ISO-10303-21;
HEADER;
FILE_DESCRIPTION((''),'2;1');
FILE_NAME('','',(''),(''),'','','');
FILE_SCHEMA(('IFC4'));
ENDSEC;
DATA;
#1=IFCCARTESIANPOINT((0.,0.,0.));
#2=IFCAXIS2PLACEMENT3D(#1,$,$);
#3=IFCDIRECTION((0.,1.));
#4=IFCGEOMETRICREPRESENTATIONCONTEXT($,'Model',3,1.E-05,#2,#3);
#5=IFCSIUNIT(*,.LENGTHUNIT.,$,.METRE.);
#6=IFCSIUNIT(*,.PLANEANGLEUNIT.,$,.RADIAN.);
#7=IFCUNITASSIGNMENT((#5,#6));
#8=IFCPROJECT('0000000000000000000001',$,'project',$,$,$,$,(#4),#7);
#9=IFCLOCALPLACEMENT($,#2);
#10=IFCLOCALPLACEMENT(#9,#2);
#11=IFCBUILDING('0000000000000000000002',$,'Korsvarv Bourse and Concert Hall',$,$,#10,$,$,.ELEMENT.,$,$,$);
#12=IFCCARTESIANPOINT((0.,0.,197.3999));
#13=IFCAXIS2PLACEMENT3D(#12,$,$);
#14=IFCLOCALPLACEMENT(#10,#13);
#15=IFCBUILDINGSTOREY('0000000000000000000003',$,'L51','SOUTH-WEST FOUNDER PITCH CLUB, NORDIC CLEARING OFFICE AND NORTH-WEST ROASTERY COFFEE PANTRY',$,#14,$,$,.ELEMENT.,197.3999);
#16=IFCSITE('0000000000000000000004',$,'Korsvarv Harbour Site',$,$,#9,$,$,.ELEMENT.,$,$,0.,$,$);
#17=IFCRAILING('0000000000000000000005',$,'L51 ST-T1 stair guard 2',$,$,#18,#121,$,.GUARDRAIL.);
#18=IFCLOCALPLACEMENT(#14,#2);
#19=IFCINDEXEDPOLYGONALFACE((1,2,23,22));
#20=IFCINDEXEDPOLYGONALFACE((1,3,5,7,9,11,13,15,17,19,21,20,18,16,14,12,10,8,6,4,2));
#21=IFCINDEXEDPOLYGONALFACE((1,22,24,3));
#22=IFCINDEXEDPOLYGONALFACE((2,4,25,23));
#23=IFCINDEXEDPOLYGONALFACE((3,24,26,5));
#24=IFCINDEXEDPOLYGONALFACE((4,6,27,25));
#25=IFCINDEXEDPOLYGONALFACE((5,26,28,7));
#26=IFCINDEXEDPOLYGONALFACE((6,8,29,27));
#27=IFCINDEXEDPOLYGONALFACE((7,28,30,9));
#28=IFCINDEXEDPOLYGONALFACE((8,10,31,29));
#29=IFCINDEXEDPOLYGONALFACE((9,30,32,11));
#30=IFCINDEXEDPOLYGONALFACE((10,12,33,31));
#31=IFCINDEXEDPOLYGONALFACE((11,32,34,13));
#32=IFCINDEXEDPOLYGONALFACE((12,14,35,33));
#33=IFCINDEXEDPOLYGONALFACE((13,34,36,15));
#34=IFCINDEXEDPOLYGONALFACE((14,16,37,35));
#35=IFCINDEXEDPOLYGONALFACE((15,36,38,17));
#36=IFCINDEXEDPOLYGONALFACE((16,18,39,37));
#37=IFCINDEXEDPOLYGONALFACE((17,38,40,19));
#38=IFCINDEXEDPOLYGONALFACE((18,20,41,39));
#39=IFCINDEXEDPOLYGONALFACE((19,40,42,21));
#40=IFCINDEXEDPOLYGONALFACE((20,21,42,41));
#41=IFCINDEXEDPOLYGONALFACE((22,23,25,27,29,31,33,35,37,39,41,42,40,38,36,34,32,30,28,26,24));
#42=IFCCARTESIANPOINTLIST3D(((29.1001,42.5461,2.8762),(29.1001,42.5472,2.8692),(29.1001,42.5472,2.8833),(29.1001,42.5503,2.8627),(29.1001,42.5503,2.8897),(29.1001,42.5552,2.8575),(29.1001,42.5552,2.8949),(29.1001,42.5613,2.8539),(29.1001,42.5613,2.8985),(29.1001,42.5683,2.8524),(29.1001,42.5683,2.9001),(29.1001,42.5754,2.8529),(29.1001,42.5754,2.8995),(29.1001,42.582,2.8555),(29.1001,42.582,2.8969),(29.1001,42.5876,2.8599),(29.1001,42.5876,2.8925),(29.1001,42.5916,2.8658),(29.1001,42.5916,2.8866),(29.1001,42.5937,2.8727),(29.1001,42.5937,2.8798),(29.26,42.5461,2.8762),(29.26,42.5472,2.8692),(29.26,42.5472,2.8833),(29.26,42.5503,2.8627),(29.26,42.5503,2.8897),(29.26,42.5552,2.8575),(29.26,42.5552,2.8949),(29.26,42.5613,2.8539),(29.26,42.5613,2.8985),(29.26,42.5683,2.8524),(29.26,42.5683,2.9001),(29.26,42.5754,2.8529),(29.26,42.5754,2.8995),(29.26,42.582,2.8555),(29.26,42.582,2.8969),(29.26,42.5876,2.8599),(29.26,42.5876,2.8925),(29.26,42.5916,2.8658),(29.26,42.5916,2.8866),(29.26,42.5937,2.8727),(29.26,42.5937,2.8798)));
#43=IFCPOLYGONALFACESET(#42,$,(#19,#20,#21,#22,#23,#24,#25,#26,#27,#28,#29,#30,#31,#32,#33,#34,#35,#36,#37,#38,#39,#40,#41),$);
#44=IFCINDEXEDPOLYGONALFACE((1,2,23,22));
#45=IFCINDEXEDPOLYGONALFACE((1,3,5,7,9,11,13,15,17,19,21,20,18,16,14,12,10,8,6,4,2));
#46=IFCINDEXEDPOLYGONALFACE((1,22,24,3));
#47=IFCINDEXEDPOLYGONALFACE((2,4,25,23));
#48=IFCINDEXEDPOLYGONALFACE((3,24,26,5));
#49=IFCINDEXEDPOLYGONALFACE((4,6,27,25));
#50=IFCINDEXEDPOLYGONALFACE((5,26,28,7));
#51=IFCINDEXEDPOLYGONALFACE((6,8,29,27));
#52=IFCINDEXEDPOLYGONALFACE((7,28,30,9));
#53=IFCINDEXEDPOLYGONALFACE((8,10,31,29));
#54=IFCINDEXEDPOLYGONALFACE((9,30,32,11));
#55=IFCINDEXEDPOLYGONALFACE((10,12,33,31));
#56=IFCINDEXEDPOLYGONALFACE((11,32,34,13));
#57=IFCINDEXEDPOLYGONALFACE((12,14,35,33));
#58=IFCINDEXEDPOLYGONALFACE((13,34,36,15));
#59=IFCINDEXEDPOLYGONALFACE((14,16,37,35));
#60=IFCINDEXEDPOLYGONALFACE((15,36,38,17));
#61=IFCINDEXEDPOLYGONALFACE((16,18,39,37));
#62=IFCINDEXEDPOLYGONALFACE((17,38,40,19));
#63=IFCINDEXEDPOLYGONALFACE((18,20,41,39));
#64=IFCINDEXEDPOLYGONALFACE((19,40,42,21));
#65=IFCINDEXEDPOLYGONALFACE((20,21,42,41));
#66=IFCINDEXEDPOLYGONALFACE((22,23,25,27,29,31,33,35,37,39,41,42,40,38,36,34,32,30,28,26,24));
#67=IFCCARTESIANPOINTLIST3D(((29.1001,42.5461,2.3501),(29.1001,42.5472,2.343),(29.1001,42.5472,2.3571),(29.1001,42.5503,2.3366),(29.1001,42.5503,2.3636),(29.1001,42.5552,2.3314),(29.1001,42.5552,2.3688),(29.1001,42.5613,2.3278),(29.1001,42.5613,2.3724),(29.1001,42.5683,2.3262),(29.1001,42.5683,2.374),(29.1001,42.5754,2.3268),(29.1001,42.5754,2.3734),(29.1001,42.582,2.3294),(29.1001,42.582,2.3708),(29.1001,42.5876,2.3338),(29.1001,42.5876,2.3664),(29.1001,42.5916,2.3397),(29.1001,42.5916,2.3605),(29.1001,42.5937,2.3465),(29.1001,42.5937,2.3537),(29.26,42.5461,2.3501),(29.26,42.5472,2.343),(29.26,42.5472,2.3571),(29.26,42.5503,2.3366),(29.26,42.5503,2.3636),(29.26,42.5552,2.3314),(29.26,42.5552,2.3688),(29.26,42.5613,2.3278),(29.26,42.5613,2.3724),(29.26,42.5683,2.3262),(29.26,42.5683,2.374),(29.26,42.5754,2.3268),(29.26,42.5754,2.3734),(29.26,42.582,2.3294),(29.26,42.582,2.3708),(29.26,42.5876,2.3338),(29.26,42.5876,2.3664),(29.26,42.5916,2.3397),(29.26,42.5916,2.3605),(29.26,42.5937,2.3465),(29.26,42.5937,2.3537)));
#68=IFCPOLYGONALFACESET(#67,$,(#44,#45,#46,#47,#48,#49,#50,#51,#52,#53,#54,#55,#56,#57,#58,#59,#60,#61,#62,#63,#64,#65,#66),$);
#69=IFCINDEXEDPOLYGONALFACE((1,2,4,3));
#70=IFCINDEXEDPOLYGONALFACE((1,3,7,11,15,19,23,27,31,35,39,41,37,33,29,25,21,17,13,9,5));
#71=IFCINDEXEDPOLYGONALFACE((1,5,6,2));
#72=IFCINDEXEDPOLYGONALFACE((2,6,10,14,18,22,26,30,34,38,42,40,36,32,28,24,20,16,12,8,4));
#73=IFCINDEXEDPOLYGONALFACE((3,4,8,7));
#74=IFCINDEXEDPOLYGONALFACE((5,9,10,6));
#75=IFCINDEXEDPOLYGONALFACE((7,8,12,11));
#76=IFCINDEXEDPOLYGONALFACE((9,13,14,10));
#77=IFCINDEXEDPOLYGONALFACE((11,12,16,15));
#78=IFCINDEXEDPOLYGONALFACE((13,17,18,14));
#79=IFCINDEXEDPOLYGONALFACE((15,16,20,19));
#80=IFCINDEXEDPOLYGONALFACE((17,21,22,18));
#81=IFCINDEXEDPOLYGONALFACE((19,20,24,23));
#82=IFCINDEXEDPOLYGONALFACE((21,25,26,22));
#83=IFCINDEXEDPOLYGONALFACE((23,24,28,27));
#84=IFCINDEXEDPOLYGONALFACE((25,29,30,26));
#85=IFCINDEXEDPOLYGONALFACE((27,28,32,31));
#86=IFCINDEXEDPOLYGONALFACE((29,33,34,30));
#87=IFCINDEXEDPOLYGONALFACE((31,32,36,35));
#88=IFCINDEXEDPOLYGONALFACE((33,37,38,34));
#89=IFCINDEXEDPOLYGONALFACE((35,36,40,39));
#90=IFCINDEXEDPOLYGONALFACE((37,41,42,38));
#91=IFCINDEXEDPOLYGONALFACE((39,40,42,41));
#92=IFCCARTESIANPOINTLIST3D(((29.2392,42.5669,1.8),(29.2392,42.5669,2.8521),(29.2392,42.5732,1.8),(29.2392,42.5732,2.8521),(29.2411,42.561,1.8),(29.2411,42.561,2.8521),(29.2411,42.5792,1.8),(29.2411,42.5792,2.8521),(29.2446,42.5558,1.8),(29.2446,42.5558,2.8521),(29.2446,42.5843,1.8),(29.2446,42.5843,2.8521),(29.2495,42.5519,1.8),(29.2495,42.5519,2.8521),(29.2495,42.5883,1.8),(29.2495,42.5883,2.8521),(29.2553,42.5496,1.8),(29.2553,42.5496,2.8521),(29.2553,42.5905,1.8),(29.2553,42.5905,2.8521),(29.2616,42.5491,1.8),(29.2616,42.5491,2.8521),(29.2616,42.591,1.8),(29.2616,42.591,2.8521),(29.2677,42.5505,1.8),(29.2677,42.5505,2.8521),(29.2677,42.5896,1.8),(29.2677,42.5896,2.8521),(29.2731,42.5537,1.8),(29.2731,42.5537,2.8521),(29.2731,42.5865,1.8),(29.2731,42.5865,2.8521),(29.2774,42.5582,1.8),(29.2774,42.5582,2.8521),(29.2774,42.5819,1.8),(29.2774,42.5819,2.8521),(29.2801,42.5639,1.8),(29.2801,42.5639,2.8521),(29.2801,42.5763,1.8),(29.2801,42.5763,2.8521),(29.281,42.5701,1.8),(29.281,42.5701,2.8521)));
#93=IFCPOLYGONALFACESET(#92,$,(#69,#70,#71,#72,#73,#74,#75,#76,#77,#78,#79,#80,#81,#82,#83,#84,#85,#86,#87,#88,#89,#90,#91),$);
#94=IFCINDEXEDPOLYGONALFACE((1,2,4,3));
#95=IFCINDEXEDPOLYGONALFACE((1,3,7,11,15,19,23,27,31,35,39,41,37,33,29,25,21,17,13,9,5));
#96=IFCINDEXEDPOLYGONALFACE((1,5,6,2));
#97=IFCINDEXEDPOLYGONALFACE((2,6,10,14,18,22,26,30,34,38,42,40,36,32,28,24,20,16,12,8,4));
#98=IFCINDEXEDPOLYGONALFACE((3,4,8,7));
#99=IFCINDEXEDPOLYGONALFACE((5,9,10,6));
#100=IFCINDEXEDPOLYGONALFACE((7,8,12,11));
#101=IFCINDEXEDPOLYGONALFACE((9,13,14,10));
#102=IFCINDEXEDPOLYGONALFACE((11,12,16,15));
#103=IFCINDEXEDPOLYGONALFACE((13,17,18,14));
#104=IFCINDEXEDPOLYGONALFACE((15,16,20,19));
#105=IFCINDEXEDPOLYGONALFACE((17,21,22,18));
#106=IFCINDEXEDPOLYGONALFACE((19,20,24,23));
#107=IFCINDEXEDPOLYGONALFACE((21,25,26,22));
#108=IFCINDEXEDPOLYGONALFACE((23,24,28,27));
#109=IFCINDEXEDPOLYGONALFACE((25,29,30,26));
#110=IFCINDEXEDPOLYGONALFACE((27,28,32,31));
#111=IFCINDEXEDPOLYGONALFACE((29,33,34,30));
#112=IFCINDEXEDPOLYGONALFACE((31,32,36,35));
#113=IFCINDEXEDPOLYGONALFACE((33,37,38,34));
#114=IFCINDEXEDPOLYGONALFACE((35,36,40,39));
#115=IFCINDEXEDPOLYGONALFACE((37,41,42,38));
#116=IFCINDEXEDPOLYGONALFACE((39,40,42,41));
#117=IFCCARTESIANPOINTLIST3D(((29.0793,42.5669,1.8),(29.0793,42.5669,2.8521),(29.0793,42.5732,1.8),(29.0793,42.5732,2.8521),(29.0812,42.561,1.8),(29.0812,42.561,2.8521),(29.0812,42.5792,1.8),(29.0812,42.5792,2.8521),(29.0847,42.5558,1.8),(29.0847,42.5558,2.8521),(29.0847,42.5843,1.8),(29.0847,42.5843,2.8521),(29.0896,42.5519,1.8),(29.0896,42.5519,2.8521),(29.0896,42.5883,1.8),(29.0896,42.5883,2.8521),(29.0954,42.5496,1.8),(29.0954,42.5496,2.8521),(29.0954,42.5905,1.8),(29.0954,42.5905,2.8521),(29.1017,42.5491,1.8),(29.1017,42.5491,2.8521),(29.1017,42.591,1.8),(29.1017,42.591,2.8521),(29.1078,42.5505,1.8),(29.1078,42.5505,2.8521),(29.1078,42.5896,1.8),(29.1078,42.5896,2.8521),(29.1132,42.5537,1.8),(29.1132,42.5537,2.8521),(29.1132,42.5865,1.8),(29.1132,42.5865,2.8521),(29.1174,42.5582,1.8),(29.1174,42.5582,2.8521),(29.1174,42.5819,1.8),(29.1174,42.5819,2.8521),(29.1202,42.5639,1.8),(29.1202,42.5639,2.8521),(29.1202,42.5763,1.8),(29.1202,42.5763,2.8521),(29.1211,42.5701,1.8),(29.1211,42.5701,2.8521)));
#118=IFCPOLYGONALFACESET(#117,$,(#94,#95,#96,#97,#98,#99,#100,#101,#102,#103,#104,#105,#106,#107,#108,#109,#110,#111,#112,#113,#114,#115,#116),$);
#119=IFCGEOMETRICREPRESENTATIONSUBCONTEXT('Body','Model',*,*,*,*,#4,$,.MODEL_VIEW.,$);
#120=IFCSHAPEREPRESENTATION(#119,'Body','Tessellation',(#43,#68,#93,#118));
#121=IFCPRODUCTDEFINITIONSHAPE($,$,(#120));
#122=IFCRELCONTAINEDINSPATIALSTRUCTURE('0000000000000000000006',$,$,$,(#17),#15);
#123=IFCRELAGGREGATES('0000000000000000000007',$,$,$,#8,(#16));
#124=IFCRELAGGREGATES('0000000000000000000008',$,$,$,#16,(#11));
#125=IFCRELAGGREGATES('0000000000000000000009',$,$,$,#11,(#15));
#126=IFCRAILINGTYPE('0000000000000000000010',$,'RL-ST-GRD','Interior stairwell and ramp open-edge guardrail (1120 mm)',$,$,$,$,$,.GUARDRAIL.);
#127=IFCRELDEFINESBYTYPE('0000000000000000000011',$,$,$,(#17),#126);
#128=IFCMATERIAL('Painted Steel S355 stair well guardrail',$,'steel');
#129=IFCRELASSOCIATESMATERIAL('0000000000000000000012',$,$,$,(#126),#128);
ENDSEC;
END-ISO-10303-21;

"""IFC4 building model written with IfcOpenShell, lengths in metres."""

from ifc_helpers import new_model, si_unit, direction, frame, origin, origin_2d, place, context, subcontext, project, spatial, circle, extrude, material, type_object, element, save


model = new_model("IFC4")

# Units and contexts
model_context = context("Model", 3, precision=1e-05, world=origin(), true_north=direction((0.0, 1.0)))
body_context = subcontext(model_context, "Body", "Model", "MODEL_VIEW")
ifc_project = project(units=[si_unit("LENGTHUNIT", "METRE"), si_unit("PLANEANGLEUNIT", "RADIAN")], contexts=[model_context])

# Site, building, storey
site_placement = place(None, origin())
site = spatial("IfcSite", under=ifc_project, at=site_placement, Name="Korsvarv Harbour Site", CompositionType="ELEMENT", RefElevation=0.0)
building_placement = place(site_placement, origin())
building = spatial("IfcBuilding", under=site, at=building_placement, Name="Korsvarv Bourse and Concert Hall", CompositionType="ELEMENT")
storey_placement = place(building_placement, frame((0.0, 0.0, 197.3999)))
storey = spatial("IfcBuildingStorey", under=building, at=storey_placement, Name="L51", Description="SOUTH-WEST FOUNDER PITCH CLUB, NORDIC CLEARING OFFICE AND NORTH-WEST ROASTERY COFFEE PANTRY", CompositionType="ELEMENT", Elevation=197.3999)

# Railing
ifc_material_1 = material(Name="Painted Steel S355 stair well guardrail", Category="steel")
railing_type_1 = type_object("IfcRailingType", Name="RL-ST-GRD", Description="Interior stairwell and ramp open-edge guardrail (1120 mm)", PredefinedType="GUARDRAIL", material=ifc_material_1)
railing_1_placement = place(storey_placement, frame((29.26, 42.5701, 1.8)))
element("IfcRailing", 1, at=railing_1_placement, inside=storey, type_object=railing_type_1, Name="L51 ST-T1 stair guard 2", PredefinedType="GUARDRAIL", context=body_context, shape_type="SweptSolid", body=[
    extrude(circle(Radius=0.0239, at=origin_2d()), frame((0.0, 0.0, 1.0762), z_axis=(-1.0, 0.0, 0.0), x_axis=(0.0, -1.0, 0.0)), (0.0, 0.0, 1.0), 0.1599),
    extrude(circle(Radius=0.0239, at=origin_2d()), frame((0.0, 0.0, 0.55), z_axis=(-1.0, 0.0, 0.0), x_axis=(0.0, -1.0, 0.0)), (0.0, 0.0, 1.0), 0.1599),
    extrude(circle(Radius=0.021, at=origin_2d()), origin(), (0.0, 0.0, 1.0), 1.052),
    extrude(circle(Radius=0.021, at=origin_2d()), frame((-0.1599, 0.0, 0.0)), (0.0, 0.0, 1.0), 1.052),
])

save(model, "model.ifc")
